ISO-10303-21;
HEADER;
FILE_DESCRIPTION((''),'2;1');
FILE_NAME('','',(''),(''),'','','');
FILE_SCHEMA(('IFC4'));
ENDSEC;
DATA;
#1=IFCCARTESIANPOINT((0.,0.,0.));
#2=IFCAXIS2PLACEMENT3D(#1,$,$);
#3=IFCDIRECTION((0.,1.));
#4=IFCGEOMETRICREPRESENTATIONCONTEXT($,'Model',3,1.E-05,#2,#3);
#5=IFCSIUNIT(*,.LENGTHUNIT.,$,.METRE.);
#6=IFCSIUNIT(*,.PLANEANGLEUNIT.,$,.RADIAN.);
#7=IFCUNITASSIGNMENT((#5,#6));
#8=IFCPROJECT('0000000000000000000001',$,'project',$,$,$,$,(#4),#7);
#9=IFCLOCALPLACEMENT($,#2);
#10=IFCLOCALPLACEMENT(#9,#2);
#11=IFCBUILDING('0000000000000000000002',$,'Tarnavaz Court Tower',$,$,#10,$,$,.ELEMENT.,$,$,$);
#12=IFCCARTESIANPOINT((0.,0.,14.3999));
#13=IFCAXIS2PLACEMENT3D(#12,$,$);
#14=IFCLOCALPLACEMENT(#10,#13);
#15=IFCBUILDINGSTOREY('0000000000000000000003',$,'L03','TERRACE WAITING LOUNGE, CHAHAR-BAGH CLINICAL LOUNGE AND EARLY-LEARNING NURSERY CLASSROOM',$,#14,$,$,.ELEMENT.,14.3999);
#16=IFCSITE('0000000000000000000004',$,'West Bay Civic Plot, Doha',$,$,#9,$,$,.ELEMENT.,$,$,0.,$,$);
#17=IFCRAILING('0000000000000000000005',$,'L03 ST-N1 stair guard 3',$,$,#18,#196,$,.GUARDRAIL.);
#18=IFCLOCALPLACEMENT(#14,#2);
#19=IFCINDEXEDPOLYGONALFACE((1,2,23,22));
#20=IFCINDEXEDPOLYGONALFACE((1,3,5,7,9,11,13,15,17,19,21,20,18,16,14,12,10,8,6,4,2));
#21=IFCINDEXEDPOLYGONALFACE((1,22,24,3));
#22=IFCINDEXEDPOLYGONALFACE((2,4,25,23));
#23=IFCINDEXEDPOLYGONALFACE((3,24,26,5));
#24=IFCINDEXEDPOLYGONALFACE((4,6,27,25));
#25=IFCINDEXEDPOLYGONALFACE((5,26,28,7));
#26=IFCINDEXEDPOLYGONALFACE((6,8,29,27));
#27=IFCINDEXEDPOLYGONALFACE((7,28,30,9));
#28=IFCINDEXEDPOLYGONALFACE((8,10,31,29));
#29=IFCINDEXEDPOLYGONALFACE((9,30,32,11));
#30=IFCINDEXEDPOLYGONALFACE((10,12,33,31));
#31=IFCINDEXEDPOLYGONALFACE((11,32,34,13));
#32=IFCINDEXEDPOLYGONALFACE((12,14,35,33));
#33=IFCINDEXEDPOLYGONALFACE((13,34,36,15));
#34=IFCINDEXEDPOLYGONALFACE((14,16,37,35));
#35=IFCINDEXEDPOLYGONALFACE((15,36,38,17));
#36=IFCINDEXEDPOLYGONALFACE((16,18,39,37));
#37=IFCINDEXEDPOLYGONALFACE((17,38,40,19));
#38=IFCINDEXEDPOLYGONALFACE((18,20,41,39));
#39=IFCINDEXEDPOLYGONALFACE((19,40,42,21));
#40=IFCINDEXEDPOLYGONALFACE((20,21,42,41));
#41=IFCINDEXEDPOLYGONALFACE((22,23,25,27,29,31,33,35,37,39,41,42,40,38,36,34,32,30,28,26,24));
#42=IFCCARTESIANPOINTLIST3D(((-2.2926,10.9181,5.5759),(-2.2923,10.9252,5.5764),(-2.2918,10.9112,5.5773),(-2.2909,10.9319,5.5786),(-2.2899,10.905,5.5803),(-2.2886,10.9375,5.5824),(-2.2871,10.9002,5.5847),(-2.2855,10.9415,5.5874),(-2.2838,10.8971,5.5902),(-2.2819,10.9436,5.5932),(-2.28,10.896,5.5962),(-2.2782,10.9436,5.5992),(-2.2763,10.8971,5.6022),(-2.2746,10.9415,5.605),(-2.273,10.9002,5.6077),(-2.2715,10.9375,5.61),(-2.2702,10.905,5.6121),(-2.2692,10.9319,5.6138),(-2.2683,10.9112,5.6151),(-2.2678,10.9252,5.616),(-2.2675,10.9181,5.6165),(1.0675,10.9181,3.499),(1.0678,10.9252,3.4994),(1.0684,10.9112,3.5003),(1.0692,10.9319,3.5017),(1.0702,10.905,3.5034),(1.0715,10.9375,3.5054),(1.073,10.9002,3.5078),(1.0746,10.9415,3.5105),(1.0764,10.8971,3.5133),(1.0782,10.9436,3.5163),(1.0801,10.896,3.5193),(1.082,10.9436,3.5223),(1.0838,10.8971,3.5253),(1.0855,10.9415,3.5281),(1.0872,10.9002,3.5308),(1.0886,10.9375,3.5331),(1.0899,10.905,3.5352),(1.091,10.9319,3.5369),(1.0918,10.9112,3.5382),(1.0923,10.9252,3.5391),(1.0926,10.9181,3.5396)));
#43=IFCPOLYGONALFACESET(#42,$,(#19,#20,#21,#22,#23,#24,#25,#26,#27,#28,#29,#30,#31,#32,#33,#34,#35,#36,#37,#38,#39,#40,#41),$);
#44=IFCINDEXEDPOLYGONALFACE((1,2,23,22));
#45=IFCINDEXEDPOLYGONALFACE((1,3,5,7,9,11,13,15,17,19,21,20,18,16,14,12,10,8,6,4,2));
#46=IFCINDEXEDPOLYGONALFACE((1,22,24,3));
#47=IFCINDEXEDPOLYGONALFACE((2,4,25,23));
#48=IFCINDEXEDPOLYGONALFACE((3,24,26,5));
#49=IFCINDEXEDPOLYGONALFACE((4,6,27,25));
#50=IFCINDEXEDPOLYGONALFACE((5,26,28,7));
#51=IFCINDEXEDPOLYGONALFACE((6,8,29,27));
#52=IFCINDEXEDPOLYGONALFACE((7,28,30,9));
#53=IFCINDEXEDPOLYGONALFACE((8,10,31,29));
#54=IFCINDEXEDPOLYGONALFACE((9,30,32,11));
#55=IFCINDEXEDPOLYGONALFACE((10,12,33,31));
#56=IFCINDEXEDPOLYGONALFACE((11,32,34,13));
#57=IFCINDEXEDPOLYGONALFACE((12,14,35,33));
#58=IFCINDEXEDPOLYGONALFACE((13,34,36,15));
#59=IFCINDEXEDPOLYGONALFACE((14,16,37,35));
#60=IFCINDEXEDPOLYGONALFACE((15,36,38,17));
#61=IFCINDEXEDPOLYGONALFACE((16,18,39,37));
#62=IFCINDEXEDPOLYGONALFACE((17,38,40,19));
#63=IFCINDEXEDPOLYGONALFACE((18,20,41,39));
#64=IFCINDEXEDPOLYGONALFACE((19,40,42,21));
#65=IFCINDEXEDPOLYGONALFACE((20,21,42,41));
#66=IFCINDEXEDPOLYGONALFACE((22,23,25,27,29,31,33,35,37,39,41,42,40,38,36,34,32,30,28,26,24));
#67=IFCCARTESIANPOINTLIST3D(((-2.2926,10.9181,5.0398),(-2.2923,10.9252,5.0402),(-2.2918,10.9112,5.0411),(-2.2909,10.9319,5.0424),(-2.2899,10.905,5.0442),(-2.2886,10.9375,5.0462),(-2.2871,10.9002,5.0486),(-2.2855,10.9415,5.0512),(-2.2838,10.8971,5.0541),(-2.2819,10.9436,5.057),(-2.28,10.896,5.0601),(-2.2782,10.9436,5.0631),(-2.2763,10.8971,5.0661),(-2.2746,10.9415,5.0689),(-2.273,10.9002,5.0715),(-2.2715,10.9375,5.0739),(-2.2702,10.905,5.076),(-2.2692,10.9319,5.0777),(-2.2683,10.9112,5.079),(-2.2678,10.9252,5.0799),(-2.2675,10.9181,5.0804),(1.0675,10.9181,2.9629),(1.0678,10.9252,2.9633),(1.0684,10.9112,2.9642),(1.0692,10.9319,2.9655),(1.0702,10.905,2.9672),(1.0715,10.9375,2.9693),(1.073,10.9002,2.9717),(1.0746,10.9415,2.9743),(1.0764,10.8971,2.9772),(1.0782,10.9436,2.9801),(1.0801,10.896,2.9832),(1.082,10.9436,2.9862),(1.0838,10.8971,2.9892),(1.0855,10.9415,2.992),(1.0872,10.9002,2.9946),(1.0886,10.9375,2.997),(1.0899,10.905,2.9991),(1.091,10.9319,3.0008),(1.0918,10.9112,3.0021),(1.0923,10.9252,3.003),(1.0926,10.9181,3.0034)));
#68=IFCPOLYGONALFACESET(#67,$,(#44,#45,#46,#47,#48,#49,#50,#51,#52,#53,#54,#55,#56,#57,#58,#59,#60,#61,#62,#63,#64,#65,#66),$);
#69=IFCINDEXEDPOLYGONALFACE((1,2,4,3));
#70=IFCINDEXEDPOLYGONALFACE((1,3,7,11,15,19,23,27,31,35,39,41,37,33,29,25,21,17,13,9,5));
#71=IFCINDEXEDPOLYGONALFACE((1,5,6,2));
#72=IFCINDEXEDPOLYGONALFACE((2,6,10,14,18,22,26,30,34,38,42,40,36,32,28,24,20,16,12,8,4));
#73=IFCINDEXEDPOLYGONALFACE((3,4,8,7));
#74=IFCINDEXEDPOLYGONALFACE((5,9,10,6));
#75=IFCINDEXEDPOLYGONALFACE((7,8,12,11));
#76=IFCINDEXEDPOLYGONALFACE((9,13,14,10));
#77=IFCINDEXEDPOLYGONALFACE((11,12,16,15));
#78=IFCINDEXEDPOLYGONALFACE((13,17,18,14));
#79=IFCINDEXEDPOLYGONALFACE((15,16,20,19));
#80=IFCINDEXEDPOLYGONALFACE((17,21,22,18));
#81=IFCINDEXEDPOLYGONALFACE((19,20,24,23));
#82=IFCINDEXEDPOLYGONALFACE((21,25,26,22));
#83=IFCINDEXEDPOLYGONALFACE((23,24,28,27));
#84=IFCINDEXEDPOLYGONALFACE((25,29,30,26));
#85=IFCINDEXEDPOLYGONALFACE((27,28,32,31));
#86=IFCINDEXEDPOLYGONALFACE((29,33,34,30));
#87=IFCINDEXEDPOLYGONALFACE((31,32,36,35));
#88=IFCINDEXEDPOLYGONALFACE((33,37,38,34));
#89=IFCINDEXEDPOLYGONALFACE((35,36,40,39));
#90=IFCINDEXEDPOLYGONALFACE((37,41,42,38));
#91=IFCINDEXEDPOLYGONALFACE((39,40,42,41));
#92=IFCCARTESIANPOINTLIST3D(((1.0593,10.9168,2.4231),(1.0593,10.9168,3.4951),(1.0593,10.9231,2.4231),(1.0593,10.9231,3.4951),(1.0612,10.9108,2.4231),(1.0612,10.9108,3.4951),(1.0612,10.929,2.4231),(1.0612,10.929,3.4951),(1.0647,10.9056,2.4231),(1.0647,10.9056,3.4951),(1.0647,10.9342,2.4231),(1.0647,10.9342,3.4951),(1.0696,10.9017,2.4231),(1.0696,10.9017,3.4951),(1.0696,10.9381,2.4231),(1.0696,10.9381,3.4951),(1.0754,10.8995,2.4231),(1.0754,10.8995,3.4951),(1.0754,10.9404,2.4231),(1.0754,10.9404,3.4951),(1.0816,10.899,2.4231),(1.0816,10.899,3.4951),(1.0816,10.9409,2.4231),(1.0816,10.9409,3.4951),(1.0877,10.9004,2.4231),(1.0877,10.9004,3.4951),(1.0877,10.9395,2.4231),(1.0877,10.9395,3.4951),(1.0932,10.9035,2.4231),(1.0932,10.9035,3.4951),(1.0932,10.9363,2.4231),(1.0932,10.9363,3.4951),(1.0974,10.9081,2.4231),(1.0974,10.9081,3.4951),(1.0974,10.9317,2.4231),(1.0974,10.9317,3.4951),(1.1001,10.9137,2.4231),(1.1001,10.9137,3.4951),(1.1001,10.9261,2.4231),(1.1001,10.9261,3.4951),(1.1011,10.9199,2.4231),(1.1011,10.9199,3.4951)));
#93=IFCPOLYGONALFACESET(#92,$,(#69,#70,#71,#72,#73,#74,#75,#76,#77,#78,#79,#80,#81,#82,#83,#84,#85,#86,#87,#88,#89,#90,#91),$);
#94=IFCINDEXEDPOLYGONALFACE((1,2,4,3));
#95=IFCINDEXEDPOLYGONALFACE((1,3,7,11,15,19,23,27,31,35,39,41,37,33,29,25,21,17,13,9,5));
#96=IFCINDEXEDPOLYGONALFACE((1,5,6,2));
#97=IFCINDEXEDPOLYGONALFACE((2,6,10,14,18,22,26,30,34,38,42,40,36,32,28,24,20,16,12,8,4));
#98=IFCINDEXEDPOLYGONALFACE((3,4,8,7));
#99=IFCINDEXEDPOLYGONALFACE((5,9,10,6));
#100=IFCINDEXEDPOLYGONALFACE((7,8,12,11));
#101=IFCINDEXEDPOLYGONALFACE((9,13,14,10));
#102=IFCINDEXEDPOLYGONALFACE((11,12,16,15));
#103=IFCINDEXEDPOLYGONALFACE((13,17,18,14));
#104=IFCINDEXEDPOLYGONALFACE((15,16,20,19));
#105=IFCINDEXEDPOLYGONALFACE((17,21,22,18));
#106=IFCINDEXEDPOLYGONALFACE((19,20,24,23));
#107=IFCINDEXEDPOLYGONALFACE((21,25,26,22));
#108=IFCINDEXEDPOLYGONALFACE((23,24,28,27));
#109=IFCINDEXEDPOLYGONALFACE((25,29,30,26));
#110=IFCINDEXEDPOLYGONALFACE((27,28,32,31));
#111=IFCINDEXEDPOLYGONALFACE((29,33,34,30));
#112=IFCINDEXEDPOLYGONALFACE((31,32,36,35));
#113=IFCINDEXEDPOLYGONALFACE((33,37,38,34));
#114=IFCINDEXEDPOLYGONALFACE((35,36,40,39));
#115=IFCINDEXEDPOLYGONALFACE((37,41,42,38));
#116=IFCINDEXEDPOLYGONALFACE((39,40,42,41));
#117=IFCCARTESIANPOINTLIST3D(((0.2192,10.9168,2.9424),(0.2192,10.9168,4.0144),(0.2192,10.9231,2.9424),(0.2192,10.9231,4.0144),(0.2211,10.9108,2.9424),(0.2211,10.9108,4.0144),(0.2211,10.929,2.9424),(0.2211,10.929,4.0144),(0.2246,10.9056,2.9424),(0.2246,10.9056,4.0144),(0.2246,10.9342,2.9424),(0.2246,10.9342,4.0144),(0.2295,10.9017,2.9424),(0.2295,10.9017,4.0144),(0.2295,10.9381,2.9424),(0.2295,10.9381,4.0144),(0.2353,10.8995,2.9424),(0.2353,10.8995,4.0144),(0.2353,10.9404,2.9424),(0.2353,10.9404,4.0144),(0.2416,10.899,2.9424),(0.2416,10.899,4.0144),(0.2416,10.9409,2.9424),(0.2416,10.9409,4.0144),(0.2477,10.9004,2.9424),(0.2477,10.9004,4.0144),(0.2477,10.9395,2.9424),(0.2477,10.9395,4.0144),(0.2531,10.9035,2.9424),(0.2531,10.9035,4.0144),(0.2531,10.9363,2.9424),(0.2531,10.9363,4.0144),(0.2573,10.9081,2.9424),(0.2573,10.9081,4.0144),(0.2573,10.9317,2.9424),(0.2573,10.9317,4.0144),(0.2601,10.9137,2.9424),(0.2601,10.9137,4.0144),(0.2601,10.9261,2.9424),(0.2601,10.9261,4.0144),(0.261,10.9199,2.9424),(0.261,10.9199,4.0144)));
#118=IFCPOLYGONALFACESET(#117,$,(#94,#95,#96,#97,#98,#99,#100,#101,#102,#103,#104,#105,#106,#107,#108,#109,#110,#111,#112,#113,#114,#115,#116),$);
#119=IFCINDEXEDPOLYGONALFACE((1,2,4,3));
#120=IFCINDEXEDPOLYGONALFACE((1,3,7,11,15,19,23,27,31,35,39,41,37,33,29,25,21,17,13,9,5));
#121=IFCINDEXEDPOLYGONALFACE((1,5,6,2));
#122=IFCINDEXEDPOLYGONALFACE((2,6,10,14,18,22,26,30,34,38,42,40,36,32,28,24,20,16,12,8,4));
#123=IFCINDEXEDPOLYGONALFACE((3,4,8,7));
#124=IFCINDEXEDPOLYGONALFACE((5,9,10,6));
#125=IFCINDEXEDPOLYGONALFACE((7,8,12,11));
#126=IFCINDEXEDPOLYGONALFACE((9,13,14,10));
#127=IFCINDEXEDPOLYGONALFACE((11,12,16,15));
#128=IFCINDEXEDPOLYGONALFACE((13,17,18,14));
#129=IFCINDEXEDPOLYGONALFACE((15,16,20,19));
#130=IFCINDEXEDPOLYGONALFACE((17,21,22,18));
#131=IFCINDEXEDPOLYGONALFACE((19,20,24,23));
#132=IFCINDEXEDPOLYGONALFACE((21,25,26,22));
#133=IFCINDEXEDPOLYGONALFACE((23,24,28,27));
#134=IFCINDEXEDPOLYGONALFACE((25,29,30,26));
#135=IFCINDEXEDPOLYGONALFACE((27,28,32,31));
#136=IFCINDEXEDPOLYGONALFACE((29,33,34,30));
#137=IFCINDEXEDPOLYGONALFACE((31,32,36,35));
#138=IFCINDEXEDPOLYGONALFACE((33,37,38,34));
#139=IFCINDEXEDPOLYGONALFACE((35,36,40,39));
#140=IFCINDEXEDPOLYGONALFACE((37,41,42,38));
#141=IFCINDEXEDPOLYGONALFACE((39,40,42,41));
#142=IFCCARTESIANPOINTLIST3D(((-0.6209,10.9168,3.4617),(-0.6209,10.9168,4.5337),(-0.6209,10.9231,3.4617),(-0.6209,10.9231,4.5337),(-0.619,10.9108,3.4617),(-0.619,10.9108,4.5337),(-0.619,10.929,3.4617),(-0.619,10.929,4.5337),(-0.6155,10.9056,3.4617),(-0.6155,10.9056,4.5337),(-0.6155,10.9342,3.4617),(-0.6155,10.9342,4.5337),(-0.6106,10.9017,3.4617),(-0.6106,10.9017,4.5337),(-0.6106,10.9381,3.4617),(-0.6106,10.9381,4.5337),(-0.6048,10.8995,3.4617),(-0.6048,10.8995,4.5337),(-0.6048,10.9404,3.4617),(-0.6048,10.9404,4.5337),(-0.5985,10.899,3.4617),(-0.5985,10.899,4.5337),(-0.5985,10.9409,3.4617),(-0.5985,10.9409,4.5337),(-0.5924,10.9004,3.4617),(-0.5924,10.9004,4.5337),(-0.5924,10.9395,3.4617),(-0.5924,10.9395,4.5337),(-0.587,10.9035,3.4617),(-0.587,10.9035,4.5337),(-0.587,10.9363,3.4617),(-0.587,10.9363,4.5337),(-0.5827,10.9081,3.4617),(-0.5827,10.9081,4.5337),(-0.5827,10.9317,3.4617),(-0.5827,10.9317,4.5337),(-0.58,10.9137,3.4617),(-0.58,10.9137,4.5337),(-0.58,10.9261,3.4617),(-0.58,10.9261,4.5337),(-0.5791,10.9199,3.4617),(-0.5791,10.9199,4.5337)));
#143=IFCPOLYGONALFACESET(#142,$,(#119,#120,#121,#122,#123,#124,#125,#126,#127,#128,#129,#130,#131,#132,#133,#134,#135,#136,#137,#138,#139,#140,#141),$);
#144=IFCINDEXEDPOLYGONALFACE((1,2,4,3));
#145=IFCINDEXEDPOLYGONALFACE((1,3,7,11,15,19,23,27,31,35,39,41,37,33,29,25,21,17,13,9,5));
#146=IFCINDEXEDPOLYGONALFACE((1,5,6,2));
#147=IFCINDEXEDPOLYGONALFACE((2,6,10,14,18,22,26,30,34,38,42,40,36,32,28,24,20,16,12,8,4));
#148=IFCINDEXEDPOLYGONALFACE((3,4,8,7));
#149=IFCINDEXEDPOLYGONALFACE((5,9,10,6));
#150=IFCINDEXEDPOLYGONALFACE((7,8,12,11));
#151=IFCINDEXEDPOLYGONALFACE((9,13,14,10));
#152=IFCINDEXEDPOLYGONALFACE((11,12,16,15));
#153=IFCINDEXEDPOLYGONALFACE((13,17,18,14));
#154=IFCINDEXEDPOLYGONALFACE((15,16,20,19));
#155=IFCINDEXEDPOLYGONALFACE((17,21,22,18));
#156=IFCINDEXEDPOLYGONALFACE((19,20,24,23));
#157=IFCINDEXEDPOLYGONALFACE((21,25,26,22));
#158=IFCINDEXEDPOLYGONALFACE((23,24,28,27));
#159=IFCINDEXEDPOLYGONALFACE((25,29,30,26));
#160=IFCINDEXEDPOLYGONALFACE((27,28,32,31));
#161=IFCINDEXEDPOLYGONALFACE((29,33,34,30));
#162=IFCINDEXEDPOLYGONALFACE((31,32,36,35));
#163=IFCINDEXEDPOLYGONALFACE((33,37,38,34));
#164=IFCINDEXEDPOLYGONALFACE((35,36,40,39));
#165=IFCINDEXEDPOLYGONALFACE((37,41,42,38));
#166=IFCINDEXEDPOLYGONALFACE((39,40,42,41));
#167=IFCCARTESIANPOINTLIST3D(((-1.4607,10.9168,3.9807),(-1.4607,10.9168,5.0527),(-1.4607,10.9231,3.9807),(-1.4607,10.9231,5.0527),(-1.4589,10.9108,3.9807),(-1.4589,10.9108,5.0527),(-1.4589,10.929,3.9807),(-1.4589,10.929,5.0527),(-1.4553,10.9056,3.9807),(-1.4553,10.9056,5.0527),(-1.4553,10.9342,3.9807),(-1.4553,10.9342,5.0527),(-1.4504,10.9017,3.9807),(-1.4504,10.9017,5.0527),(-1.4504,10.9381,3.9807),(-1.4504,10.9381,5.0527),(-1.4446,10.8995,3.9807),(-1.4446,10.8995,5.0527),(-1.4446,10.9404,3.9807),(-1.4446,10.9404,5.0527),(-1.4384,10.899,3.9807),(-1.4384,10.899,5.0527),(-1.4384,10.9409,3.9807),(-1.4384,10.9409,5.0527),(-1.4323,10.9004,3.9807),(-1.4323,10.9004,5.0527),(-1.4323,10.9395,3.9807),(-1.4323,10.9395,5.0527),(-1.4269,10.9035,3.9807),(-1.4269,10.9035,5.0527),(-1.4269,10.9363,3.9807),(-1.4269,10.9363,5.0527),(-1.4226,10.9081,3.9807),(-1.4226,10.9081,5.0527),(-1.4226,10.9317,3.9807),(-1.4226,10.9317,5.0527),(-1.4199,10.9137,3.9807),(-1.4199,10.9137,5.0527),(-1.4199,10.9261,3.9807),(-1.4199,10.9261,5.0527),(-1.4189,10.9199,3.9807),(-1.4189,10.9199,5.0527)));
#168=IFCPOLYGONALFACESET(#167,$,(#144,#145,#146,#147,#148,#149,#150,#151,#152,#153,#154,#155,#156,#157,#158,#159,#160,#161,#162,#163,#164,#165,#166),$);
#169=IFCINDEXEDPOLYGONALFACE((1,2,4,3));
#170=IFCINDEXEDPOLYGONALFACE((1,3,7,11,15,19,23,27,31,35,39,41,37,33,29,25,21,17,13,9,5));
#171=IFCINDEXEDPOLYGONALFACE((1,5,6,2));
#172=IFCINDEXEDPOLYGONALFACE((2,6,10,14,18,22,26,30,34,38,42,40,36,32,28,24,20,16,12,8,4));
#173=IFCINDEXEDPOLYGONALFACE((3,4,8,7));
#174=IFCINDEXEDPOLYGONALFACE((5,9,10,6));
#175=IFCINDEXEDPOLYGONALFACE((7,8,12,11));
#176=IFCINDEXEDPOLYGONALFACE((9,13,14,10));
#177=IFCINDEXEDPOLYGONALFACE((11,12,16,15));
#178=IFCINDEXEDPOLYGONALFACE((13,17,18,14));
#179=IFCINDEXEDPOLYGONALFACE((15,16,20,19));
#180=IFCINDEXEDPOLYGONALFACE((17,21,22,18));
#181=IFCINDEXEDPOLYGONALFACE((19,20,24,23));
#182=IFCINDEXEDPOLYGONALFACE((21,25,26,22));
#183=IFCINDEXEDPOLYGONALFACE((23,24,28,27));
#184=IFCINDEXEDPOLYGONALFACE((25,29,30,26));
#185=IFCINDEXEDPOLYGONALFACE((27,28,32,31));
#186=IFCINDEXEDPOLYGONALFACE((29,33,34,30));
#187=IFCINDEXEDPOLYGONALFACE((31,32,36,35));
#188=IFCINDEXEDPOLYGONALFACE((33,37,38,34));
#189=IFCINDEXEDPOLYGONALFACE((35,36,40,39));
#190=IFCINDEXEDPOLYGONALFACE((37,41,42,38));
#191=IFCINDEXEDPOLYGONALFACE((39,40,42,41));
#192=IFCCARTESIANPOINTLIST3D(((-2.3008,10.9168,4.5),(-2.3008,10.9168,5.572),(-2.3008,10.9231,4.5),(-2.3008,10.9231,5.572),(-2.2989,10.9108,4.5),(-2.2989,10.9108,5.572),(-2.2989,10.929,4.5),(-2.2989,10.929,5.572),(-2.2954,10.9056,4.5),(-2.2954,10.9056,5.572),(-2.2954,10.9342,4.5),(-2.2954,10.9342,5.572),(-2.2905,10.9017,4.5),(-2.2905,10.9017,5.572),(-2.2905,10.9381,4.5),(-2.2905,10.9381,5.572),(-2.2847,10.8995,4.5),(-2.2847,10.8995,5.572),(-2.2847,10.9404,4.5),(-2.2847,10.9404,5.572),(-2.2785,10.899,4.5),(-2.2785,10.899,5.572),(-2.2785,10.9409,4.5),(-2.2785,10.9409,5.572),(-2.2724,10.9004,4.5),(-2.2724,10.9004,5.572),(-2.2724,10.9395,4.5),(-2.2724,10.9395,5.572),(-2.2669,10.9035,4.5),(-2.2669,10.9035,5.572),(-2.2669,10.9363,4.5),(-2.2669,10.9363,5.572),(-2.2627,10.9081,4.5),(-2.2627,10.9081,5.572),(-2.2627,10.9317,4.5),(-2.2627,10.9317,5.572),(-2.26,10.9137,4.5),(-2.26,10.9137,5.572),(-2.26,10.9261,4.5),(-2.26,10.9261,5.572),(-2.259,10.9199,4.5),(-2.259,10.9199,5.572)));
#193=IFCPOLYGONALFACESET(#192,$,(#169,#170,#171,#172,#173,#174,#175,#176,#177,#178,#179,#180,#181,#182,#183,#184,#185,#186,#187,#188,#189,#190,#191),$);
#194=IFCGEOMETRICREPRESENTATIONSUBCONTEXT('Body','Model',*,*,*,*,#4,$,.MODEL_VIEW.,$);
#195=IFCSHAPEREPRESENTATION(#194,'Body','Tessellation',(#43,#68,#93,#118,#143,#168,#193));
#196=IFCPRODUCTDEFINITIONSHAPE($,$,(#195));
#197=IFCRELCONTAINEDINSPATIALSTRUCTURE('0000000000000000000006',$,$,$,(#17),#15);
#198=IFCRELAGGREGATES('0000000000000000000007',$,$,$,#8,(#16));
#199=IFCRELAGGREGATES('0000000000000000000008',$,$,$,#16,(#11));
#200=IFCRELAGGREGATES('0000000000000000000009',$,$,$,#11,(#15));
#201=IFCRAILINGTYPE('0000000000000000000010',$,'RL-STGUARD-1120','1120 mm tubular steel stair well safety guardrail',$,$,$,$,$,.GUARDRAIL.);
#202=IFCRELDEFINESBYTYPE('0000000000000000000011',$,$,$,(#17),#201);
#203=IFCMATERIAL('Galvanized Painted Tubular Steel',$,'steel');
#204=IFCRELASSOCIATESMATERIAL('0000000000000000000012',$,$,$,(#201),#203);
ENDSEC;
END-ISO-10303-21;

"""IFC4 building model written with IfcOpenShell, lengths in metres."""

from ifc_helpers import new_model, si_unit, direction, frame, origin, origin_2d, place, context, subcontext, project, spatial, circle, extrude, material, type_object, element, save


model = new_model("IFC4")

# Units and contexts
model_context = context("Model", 3, precision=1e-05, world=origin(), true_north=direction((0.0, 1.0)))
body_context = subcontext(model_context, "Body", "Model", "MODEL_VIEW")
ifc_project = project(units=[si_unit("LENGTHUNIT", "METRE"), si_unit("PLANEANGLEUNIT", "RADIAN")], contexts=[model_context])

# Site, building, storey
site_placement = place(None, origin())
site = spatial("IfcSite", under=ifc_project, at=site_placement, Name="West Bay Civic Plot, Doha", CompositionType="ELEMENT", RefElevation=0.0)
building_placement = place(site_placement, origin())
building = spatial("IfcBuilding", under=site, at=building_placement, Name="Tarnavaz Court Tower", CompositionType="ELEMENT")
storey_placement = place(building_placement, frame((0.0, 0.0, 14.3999)))
storey = spatial("IfcBuildingStorey", under=building, at=storey_placement, Name="L03", Description="TERRACE WAITING LOUNGE, CHAHAR-BAGH CLINICAL LOUNGE AND EARLY-LEARNING NURSERY CLASSROOM", CompositionType="ELEMENT", Elevation=14.3999)

# Railing
ifc_material_1 = material(Name="Galvanized Painted Tubular Steel", Category="steel")
railing_type_1 = type_object("IfcRailingType", Name="RL-STGUARD-1120", Description="1120 mm tubular steel stair well safety guardrail", PredefinedType="GUARDRAIL", material=ifc_material_1)
railing_1_placement = place(storey_placement, frame((1.0801, 10.9199, 2.4231)))
element("IfcRailing", 1, at=railing_1_placement, inside=storey, type_object=railing_type_1, Name="L03 ST-N1 stair guard 3", PredefinedType="GUARDRAIL", context=body_context, shape_type="SweptSolid", body=[
    extrude(circle(Radius=0.0239, at=origin_2d()), frame((0.0, 0.0, 1.0962), z_axis=(-0.850623, 0.0, 0.525776), x_axis=(0.0, -1.0, 0.0)), (0.0, 0.0, 1.0), 3.9502),
    extrude(circle(Radius=0.0239, at=origin_2d()), frame((0.0, 0.0, 0.5601), z_axis=(-0.850623, 0.0, 0.525776), x_axis=(0.0, -1.0, 0.0)), (0.0, 0.0, 1.0), 3.9502),
    extrude(circle(Radius=0.021, at=origin_2d()), origin(), (0.0, 0.0, 1.0), 1.072),
    extrude(circle(Radius=0.021, at=origin_2d()), frame((-0.8401, 0.0, 0.5193)), (0.0, 0.0, 1.0), 1.072),
    extrude(circle(Radius=0.021, at=origin_2d()), frame((-1.6802, 0.0, 1.0386)), (0.0, 0.0, 1.0), 1.072),
    extrude(circle(Radius=0.021, at=origin_2d()), frame((-2.52, 0.0, 1.5576)), (0.0, 0.0, 1.0), 1.072),
    extrude(circle(Radius=0.021, at=origin_2d()), frame((-3.3601, 0.0, 2.0769)), (0.0, 0.0, 1.0), 1.072),
])

save(model, "model.ifc")
